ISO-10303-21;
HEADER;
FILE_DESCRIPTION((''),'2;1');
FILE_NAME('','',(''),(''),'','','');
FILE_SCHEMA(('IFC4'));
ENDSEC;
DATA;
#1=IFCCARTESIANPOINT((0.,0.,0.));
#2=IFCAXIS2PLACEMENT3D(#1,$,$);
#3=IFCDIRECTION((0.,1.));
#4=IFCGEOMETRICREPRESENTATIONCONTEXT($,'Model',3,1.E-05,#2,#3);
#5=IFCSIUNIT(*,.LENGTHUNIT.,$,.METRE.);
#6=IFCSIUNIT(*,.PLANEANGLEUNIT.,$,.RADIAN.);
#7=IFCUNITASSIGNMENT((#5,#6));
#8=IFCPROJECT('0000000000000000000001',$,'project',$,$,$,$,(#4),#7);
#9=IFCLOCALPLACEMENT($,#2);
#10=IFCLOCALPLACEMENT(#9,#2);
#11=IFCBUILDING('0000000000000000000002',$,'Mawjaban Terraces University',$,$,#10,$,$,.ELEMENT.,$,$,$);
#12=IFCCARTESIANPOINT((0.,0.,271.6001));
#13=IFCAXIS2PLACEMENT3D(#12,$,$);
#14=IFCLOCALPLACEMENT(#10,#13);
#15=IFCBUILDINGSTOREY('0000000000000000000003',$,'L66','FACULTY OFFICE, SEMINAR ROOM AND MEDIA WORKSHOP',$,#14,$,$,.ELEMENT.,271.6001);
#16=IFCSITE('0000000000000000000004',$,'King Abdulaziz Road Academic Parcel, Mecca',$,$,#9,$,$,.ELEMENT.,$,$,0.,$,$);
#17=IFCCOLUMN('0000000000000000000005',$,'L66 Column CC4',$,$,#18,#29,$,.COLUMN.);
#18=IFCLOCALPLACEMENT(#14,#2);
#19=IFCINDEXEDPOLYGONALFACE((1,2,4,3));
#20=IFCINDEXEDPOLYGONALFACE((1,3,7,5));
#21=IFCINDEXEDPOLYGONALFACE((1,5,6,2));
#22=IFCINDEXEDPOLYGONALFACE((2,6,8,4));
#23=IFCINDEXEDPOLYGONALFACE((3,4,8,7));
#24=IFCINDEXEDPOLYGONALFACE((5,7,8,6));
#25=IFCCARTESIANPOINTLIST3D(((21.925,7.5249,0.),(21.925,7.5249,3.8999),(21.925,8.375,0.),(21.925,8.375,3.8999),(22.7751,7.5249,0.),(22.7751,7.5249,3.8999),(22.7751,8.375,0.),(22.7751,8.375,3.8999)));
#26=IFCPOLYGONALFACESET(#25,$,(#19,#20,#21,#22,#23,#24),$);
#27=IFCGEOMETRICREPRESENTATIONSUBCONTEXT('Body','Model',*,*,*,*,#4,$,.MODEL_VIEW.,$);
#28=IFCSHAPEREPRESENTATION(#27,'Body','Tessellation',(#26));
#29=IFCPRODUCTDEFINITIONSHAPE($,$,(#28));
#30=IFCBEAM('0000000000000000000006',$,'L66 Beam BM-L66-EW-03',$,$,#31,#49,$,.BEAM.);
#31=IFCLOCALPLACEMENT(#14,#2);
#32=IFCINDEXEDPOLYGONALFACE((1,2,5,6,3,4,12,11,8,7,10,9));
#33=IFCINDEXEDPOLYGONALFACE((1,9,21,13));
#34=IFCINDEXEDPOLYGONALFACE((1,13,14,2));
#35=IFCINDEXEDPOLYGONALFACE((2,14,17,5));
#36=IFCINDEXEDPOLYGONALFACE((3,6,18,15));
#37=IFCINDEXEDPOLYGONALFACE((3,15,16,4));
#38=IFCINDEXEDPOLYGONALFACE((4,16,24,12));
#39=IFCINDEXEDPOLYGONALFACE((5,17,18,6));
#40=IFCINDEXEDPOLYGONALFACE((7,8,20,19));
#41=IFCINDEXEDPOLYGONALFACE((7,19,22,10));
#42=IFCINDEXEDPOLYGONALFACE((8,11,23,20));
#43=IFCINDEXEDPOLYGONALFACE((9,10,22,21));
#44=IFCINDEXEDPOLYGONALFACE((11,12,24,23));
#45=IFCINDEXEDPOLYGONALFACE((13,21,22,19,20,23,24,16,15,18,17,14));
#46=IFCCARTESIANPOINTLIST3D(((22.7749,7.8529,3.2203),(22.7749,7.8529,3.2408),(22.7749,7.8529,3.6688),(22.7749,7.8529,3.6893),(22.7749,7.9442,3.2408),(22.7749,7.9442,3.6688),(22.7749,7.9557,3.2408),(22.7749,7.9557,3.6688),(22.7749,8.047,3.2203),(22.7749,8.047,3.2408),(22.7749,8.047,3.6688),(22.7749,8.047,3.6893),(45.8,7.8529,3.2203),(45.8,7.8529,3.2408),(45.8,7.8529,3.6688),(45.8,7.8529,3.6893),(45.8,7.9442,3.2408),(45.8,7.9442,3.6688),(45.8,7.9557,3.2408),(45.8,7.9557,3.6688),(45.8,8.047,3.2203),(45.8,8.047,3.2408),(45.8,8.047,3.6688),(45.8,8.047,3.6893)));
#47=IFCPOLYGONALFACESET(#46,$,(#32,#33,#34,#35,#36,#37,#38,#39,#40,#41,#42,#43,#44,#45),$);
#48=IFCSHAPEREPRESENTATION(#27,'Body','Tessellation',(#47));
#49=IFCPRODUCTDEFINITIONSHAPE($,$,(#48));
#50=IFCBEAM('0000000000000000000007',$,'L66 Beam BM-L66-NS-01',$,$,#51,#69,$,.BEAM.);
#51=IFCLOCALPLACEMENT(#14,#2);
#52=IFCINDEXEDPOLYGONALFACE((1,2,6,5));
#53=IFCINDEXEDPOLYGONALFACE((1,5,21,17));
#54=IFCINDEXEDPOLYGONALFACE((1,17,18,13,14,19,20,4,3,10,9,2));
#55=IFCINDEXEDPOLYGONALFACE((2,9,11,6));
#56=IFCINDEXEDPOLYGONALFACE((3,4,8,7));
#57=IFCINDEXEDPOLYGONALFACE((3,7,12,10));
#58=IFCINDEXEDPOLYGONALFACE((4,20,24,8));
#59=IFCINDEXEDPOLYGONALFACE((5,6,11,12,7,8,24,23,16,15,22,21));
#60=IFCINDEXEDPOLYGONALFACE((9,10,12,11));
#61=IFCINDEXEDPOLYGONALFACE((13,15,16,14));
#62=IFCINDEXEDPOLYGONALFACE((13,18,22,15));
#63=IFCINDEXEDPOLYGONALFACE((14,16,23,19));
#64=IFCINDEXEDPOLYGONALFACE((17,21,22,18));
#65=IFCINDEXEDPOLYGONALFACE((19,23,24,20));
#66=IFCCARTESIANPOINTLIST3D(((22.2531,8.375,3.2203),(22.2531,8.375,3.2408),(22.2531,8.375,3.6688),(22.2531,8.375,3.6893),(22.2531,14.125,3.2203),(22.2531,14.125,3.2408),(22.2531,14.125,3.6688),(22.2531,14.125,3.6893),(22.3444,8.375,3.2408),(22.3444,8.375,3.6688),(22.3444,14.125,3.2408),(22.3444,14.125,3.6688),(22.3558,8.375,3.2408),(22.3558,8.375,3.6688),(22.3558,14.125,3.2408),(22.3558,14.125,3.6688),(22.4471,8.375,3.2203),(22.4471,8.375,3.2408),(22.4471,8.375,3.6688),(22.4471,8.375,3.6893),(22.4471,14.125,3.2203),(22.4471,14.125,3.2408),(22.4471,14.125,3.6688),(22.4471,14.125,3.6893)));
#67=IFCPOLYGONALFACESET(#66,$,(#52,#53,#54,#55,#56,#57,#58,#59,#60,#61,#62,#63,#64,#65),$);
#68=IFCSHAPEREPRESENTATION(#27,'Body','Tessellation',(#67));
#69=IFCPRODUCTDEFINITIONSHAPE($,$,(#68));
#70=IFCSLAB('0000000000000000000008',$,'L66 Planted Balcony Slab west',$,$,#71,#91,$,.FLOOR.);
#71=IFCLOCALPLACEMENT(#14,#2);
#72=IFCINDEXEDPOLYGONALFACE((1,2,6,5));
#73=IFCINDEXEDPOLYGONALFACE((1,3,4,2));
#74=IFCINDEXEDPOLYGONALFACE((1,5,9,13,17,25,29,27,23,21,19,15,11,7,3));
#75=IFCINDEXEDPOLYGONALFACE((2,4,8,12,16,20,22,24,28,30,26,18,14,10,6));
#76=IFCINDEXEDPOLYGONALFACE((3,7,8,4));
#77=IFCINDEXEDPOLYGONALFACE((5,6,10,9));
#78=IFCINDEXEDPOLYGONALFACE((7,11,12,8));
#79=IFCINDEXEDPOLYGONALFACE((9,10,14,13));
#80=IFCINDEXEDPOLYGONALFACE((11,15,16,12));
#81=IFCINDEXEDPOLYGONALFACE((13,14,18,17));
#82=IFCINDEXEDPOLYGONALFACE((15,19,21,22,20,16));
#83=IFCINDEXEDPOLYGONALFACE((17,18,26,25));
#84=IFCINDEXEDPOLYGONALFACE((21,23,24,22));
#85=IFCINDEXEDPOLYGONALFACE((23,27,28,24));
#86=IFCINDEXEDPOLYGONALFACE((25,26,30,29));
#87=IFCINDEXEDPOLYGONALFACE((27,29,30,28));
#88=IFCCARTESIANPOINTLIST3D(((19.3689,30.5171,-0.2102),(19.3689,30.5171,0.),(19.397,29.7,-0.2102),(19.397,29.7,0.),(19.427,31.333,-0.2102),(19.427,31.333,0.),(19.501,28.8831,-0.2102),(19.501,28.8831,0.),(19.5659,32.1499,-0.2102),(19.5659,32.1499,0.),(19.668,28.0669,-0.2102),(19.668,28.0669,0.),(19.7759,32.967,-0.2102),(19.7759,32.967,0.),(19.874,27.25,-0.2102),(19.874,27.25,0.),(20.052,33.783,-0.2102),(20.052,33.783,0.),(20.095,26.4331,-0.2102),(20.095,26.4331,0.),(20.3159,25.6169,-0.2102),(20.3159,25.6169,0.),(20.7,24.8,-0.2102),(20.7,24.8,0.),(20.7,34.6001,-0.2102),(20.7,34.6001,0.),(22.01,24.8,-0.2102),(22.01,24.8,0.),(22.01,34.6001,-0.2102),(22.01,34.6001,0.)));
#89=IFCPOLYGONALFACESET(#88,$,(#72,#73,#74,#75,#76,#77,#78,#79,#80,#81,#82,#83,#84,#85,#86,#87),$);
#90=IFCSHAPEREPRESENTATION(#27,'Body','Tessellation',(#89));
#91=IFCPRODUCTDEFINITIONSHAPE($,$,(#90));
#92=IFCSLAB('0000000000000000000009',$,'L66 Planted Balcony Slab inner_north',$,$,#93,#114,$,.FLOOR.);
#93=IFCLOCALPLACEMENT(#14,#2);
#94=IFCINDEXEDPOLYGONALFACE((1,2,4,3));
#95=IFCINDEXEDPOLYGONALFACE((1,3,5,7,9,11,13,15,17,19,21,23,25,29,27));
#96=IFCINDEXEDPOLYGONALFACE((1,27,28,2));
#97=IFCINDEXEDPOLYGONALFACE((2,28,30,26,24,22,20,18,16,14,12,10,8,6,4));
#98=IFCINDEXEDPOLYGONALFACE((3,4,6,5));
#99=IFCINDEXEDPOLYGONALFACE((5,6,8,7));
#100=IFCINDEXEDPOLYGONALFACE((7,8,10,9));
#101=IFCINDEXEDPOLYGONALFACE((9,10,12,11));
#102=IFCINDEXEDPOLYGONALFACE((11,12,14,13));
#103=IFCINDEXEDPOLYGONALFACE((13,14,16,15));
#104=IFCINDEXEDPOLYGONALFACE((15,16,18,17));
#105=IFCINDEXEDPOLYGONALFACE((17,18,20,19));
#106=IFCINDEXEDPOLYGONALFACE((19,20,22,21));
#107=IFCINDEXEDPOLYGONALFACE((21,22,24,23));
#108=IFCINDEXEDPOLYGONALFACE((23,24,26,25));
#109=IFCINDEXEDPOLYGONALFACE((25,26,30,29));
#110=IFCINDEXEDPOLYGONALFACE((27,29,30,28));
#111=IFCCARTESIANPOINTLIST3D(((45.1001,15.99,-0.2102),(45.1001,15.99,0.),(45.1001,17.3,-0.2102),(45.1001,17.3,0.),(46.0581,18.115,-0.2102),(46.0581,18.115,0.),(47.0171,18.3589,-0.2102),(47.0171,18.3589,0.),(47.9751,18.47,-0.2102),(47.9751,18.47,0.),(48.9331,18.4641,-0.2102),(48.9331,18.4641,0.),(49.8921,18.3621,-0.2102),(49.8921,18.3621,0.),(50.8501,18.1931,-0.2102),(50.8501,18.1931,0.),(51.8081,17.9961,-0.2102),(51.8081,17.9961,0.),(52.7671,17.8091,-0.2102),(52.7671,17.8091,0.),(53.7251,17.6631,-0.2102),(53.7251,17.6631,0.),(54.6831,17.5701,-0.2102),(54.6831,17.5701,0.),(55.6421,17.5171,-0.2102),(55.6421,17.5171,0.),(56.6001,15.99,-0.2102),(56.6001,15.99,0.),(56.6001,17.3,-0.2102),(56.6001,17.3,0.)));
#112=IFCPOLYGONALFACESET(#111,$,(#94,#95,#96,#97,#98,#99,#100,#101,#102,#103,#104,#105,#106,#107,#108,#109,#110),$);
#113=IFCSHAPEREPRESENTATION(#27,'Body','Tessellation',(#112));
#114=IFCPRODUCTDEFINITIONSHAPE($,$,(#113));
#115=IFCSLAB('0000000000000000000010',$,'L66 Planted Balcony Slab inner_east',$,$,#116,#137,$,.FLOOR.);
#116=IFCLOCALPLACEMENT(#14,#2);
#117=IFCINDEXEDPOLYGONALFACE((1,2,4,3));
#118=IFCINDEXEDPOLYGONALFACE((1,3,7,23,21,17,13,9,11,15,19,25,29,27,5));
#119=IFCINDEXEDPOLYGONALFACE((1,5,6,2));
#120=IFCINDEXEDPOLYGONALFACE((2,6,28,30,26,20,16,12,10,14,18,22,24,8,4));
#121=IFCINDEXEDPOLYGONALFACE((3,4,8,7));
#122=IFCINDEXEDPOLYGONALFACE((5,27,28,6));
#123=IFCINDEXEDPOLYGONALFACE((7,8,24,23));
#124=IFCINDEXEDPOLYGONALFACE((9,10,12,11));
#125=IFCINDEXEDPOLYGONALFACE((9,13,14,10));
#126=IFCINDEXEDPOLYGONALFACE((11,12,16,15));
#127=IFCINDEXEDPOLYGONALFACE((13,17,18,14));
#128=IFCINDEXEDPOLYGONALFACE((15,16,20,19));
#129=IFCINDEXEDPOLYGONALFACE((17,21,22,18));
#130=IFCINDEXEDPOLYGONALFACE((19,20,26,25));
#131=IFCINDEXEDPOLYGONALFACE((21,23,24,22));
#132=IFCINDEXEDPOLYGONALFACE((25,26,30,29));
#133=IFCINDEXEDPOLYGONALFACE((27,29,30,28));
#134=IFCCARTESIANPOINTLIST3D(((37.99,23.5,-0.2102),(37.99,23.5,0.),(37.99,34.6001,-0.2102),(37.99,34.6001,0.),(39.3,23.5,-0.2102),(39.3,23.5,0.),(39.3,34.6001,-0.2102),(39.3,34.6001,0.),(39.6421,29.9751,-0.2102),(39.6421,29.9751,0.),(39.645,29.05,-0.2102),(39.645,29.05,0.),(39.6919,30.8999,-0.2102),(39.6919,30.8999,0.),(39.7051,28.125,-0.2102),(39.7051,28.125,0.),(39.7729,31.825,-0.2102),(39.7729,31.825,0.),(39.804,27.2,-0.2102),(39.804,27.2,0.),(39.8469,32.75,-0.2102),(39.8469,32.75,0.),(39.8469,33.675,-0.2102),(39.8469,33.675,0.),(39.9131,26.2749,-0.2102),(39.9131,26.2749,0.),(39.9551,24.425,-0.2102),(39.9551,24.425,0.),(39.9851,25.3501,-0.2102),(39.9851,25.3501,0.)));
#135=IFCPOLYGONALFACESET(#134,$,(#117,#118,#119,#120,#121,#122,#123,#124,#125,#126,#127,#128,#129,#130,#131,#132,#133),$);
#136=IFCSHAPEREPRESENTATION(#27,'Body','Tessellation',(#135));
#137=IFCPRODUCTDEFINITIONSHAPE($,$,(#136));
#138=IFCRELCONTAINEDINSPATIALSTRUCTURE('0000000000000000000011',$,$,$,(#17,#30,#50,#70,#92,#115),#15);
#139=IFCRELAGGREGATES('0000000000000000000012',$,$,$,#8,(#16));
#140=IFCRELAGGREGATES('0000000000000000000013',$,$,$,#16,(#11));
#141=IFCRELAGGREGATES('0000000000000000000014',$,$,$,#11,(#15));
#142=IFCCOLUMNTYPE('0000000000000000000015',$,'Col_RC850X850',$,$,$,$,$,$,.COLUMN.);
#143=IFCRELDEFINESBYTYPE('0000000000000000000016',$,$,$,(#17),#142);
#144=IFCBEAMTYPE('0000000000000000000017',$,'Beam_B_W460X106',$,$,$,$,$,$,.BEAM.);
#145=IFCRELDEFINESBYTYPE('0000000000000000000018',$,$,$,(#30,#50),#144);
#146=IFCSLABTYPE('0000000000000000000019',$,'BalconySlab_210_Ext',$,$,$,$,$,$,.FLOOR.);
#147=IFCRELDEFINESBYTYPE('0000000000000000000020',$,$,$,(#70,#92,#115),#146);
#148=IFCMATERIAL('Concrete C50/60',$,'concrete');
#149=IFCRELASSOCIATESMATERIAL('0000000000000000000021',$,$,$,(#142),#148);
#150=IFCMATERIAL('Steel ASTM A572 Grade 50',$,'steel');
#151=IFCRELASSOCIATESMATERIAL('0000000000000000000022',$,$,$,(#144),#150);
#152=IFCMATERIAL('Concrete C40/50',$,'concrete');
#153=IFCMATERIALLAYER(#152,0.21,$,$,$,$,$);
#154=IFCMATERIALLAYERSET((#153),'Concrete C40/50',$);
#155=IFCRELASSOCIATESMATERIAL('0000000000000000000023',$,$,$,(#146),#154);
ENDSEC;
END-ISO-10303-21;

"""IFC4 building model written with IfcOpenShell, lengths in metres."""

from ifc_helpers import new_model, si_unit, direction, frame, origin, origin_2d, place, context, subcontext, project, spatial, polyline, rectangle, i_section, outline, extrude, material, layer, layer_set, material_profile, profile_set, type_object, element, save


model = new_model("IFC4")

# Units and contexts
model_context = context("Model", 3, precision=1e-05, world=origin(), true_north=direction((0.0, 1.0)))
body_context = subcontext(model_context, "Body", "Model", "MODEL_VIEW")
ifc_project = project(units=[si_unit("LENGTHUNIT", "METRE"), si_unit("PLANEANGLEUNIT", "RADIAN")], contexts=[model_context])

# Site, building, storey
site_placement = place(None, origin())
site = spatial("IfcSite", under=ifc_project, at=site_placement, Name="King Abdulaziz Road Academic Parcel, Mecca", CompositionType="ELEMENT", RefElevation=0.0)
building_placement = place(site_placement, origin())
building = spatial("IfcBuilding", under=site, at=building_placement, Name="Mawjaban Terraces University", CompositionType="ELEMENT")
storey_placement = place(building_placement, frame((0.0, 0.0, 271.6001)))
storey = spatial("IfcBuildingStorey", under=building, at=storey_placement, Name="L66", Description="FACULTY OFFICE, SEMINAR ROOM AND MEDIA WORKSHOP", CompositionType="ELEMENT", Elevation=271.6001)

# Column
ifc_material_1 = material(Name="Concrete C50/60", Category="concrete")
ifc_material_profile_1 = material_profile(ifc_material_1, rectangle(XDim=0.8501, YDim=0.8501, at=origin_2d()), Name="RC850X850")
ifc_profile_set_1 = profile_set([ifc_material_profile_1], Name="Concrete C50/60")
column_type = type_object("IfcColumnType", Name="Col_RC850X850", PredefinedType="COLUMN", material=ifc_profile_set_1)
column_placement = place(storey_placement, frame((22.3501, 7.95, 0.0), z_axis=(0.0, 0.0, 1.0), x_axis=(1.0, 0.0, 0.0)))
element("IfcColumn", 1, at=column_placement, inside=storey, type_object=column_type, Name="L66 Column CC4", PredefinedType="COLUMN", context=body_context, shape_type="SweptSolid", body=[
    extrude(rectangle(XDim=0.8501, YDim=0.8501, at=origin_2d()), origin(), (0.0, 0.0, 1.0), 3.8999),
])

# Beams
ifc_material_2 = material(Name="Steel ASTM A572 Grade 50", Category="steel")
ifc_material_profile_2 = material_profile(ifc_material_2, i_section(OverallWidth=0.1941, OverallDepth=0.469, WebThickness=0.0115, FlangeThickness=0.0205, at=origin_2d()), Name="W460X106")
ifc_profile_set_2 = profile_set([ifc_material_profile_2], Name="Steel ASTM A572 Grade 50")
beam_type = type_object("IfcBeamType", Name="Beam_B_W460X106", PredefinedType="BEAM", material=ifc_profile_set_2)
beam_1_placement = place(storey_placement, frame((22.7749, 7.95, 3.4548), z_axis=(1.0, 0.0, 0.0), x_axis=(0.0, 1.0, 0.0)))
element("IfcBeam", 2, at=beam_1_placement, inside=storey, type_object=beam_type, Name="L66 Beam BM-L66-EW-03", PredefinedType="BEAM", context=body_context, shape_type="SweptSolid", body=[
    extrude(i_section(OverallWidth=0.1941, OverallDepth=0.469, WebThickness=0.0115, FlangeThickness=0.0205, at=origin_2d()), origin(), (0.0, 0.0, 1.0), 23.0251),
])
beam_2_placement = place(storey_placement, frame((22.3501, 8.375, 3.4548), z_axis=(0.0, 1.0, 0.0), x_axis=(-1.0, 0.0, 0.0)))
element("IfcBeam", 3, at=beam_2_placement, inside=storey, type_object=beam_type, Name="L66 Beam BM-L66-NS-01", PredefinedType="BEAM", context=body_context, shape_type="SweptSolid", body=[
    extrude(i_section(OverallWidth=0.1941, OverallDepth=0.469, WebThickness=0.0115, FlangeThickness=0.0205, at=origin_2d()), origin(), (0.0, 0.0, 1.0), 5.75),
])

# Slabs
ifc_material_3 = material(Name="Concrete C40/50", Category="concrete")
ifc_layer_1 = layer(ifc_material_3, 0.21)
ifc_layer_set_1 = layer_set([ifc_layer_1], Name="Concrete C40/50")
slab_type_1 = type_object("IfcSlabType", Name="BalconySlab_210_Ext", PredefinedType="FLOOR", material=ifc_layer_set_1)
slab_1_placement = place(storey_placement, frame((0.0, 0.0, -0.2102)))
element("IfcSlab", 4, at=slab_1_placement, inside=storey, type_object=slab_type_1, Name="L66 Planted Balcony Slab west", PredefinedType="FLOOR", context=body_context, shape_type="SweptSolid", body=[
    extrude(outline(polyline([(22.01, 24.8), (22.01, 34.6001), (20.7, 34.6001), (20.052, 33.783), (19.7759, 32.967), (19.5659, 32.1499), (19.427, 31.333), (19.3689, 30.5171), (19.397, 29.7), (19.501, 28.8831), (19.668, 28.0669), (19.874, 27.25), (20.095, 26.4331), (20.3159, 25.6169), (20.7, 24.8), (22.01, 24.8)])), origin(), (0.0, 0.0, 1.0), 0.2102),
])
slab_2_placement = place(storey_placement, frame((0.0, 0.0, -0.2102)))
element("IfcSlab", 5, at=slab_2_placement, inside=storey, type_object=slab_type_1, Name="L66 Planted Balcony Slab inner_north", PredefinedType="FLOOR", context=body_context, shape_type="SweptSolid", body=[
    extrude(outline(polyline([(45.1001, 15.99), (56.6001, 15.99), (56.6001, 17.3), (55.6421, 17.5171), (54.6831, 17.5701), (53.7251, 17.6631), (52.7671, 17.8091), (51.8081, 17.9961), (50.8501, 18.1931), (49.8921, 18.3621), (48.9331, 18.4641), (47.9751, 18.47), (47.0171, 18.3589), (46.0581, 18.115), (45.1001, 17.3), (45.1001, 15.99)])), origin(), (0.0, 0.0, 1.0), 0.2102),
])
slab_3_placement = place(storey_placement, frame((0.0, 0.0, -0.2102)))
element("IfcSlab", 6, at=slab_3_placement, inside=storey, type_object=slab_type_1, Name="L66 Planted Balcony Slab inner_east", PredefinedType="FLOOR", context=body_context, shape_type="SweptSolid", body=[
    extrude(outline(polyline([(39.3, 23.5), (39.9551, 24.425), (39.9851, 25.3501), (39.9131, 26.2749), (39.804, 27.2), (39.7051, 28.125), (39.645, 29.05), (39.6421, 29.9751), (39.6919, 30.8999), (39.7729, 31.825), (39.8469, 32.75), (39.8469, 33.675), (39.3, 34.6001), (37.99, 34.6001), (37.99, 23.5), (39.3, 23.5)])), origin(), (0.0, 0.0, 1.0), 0.2102),
])

save(model, "model.ifc")
